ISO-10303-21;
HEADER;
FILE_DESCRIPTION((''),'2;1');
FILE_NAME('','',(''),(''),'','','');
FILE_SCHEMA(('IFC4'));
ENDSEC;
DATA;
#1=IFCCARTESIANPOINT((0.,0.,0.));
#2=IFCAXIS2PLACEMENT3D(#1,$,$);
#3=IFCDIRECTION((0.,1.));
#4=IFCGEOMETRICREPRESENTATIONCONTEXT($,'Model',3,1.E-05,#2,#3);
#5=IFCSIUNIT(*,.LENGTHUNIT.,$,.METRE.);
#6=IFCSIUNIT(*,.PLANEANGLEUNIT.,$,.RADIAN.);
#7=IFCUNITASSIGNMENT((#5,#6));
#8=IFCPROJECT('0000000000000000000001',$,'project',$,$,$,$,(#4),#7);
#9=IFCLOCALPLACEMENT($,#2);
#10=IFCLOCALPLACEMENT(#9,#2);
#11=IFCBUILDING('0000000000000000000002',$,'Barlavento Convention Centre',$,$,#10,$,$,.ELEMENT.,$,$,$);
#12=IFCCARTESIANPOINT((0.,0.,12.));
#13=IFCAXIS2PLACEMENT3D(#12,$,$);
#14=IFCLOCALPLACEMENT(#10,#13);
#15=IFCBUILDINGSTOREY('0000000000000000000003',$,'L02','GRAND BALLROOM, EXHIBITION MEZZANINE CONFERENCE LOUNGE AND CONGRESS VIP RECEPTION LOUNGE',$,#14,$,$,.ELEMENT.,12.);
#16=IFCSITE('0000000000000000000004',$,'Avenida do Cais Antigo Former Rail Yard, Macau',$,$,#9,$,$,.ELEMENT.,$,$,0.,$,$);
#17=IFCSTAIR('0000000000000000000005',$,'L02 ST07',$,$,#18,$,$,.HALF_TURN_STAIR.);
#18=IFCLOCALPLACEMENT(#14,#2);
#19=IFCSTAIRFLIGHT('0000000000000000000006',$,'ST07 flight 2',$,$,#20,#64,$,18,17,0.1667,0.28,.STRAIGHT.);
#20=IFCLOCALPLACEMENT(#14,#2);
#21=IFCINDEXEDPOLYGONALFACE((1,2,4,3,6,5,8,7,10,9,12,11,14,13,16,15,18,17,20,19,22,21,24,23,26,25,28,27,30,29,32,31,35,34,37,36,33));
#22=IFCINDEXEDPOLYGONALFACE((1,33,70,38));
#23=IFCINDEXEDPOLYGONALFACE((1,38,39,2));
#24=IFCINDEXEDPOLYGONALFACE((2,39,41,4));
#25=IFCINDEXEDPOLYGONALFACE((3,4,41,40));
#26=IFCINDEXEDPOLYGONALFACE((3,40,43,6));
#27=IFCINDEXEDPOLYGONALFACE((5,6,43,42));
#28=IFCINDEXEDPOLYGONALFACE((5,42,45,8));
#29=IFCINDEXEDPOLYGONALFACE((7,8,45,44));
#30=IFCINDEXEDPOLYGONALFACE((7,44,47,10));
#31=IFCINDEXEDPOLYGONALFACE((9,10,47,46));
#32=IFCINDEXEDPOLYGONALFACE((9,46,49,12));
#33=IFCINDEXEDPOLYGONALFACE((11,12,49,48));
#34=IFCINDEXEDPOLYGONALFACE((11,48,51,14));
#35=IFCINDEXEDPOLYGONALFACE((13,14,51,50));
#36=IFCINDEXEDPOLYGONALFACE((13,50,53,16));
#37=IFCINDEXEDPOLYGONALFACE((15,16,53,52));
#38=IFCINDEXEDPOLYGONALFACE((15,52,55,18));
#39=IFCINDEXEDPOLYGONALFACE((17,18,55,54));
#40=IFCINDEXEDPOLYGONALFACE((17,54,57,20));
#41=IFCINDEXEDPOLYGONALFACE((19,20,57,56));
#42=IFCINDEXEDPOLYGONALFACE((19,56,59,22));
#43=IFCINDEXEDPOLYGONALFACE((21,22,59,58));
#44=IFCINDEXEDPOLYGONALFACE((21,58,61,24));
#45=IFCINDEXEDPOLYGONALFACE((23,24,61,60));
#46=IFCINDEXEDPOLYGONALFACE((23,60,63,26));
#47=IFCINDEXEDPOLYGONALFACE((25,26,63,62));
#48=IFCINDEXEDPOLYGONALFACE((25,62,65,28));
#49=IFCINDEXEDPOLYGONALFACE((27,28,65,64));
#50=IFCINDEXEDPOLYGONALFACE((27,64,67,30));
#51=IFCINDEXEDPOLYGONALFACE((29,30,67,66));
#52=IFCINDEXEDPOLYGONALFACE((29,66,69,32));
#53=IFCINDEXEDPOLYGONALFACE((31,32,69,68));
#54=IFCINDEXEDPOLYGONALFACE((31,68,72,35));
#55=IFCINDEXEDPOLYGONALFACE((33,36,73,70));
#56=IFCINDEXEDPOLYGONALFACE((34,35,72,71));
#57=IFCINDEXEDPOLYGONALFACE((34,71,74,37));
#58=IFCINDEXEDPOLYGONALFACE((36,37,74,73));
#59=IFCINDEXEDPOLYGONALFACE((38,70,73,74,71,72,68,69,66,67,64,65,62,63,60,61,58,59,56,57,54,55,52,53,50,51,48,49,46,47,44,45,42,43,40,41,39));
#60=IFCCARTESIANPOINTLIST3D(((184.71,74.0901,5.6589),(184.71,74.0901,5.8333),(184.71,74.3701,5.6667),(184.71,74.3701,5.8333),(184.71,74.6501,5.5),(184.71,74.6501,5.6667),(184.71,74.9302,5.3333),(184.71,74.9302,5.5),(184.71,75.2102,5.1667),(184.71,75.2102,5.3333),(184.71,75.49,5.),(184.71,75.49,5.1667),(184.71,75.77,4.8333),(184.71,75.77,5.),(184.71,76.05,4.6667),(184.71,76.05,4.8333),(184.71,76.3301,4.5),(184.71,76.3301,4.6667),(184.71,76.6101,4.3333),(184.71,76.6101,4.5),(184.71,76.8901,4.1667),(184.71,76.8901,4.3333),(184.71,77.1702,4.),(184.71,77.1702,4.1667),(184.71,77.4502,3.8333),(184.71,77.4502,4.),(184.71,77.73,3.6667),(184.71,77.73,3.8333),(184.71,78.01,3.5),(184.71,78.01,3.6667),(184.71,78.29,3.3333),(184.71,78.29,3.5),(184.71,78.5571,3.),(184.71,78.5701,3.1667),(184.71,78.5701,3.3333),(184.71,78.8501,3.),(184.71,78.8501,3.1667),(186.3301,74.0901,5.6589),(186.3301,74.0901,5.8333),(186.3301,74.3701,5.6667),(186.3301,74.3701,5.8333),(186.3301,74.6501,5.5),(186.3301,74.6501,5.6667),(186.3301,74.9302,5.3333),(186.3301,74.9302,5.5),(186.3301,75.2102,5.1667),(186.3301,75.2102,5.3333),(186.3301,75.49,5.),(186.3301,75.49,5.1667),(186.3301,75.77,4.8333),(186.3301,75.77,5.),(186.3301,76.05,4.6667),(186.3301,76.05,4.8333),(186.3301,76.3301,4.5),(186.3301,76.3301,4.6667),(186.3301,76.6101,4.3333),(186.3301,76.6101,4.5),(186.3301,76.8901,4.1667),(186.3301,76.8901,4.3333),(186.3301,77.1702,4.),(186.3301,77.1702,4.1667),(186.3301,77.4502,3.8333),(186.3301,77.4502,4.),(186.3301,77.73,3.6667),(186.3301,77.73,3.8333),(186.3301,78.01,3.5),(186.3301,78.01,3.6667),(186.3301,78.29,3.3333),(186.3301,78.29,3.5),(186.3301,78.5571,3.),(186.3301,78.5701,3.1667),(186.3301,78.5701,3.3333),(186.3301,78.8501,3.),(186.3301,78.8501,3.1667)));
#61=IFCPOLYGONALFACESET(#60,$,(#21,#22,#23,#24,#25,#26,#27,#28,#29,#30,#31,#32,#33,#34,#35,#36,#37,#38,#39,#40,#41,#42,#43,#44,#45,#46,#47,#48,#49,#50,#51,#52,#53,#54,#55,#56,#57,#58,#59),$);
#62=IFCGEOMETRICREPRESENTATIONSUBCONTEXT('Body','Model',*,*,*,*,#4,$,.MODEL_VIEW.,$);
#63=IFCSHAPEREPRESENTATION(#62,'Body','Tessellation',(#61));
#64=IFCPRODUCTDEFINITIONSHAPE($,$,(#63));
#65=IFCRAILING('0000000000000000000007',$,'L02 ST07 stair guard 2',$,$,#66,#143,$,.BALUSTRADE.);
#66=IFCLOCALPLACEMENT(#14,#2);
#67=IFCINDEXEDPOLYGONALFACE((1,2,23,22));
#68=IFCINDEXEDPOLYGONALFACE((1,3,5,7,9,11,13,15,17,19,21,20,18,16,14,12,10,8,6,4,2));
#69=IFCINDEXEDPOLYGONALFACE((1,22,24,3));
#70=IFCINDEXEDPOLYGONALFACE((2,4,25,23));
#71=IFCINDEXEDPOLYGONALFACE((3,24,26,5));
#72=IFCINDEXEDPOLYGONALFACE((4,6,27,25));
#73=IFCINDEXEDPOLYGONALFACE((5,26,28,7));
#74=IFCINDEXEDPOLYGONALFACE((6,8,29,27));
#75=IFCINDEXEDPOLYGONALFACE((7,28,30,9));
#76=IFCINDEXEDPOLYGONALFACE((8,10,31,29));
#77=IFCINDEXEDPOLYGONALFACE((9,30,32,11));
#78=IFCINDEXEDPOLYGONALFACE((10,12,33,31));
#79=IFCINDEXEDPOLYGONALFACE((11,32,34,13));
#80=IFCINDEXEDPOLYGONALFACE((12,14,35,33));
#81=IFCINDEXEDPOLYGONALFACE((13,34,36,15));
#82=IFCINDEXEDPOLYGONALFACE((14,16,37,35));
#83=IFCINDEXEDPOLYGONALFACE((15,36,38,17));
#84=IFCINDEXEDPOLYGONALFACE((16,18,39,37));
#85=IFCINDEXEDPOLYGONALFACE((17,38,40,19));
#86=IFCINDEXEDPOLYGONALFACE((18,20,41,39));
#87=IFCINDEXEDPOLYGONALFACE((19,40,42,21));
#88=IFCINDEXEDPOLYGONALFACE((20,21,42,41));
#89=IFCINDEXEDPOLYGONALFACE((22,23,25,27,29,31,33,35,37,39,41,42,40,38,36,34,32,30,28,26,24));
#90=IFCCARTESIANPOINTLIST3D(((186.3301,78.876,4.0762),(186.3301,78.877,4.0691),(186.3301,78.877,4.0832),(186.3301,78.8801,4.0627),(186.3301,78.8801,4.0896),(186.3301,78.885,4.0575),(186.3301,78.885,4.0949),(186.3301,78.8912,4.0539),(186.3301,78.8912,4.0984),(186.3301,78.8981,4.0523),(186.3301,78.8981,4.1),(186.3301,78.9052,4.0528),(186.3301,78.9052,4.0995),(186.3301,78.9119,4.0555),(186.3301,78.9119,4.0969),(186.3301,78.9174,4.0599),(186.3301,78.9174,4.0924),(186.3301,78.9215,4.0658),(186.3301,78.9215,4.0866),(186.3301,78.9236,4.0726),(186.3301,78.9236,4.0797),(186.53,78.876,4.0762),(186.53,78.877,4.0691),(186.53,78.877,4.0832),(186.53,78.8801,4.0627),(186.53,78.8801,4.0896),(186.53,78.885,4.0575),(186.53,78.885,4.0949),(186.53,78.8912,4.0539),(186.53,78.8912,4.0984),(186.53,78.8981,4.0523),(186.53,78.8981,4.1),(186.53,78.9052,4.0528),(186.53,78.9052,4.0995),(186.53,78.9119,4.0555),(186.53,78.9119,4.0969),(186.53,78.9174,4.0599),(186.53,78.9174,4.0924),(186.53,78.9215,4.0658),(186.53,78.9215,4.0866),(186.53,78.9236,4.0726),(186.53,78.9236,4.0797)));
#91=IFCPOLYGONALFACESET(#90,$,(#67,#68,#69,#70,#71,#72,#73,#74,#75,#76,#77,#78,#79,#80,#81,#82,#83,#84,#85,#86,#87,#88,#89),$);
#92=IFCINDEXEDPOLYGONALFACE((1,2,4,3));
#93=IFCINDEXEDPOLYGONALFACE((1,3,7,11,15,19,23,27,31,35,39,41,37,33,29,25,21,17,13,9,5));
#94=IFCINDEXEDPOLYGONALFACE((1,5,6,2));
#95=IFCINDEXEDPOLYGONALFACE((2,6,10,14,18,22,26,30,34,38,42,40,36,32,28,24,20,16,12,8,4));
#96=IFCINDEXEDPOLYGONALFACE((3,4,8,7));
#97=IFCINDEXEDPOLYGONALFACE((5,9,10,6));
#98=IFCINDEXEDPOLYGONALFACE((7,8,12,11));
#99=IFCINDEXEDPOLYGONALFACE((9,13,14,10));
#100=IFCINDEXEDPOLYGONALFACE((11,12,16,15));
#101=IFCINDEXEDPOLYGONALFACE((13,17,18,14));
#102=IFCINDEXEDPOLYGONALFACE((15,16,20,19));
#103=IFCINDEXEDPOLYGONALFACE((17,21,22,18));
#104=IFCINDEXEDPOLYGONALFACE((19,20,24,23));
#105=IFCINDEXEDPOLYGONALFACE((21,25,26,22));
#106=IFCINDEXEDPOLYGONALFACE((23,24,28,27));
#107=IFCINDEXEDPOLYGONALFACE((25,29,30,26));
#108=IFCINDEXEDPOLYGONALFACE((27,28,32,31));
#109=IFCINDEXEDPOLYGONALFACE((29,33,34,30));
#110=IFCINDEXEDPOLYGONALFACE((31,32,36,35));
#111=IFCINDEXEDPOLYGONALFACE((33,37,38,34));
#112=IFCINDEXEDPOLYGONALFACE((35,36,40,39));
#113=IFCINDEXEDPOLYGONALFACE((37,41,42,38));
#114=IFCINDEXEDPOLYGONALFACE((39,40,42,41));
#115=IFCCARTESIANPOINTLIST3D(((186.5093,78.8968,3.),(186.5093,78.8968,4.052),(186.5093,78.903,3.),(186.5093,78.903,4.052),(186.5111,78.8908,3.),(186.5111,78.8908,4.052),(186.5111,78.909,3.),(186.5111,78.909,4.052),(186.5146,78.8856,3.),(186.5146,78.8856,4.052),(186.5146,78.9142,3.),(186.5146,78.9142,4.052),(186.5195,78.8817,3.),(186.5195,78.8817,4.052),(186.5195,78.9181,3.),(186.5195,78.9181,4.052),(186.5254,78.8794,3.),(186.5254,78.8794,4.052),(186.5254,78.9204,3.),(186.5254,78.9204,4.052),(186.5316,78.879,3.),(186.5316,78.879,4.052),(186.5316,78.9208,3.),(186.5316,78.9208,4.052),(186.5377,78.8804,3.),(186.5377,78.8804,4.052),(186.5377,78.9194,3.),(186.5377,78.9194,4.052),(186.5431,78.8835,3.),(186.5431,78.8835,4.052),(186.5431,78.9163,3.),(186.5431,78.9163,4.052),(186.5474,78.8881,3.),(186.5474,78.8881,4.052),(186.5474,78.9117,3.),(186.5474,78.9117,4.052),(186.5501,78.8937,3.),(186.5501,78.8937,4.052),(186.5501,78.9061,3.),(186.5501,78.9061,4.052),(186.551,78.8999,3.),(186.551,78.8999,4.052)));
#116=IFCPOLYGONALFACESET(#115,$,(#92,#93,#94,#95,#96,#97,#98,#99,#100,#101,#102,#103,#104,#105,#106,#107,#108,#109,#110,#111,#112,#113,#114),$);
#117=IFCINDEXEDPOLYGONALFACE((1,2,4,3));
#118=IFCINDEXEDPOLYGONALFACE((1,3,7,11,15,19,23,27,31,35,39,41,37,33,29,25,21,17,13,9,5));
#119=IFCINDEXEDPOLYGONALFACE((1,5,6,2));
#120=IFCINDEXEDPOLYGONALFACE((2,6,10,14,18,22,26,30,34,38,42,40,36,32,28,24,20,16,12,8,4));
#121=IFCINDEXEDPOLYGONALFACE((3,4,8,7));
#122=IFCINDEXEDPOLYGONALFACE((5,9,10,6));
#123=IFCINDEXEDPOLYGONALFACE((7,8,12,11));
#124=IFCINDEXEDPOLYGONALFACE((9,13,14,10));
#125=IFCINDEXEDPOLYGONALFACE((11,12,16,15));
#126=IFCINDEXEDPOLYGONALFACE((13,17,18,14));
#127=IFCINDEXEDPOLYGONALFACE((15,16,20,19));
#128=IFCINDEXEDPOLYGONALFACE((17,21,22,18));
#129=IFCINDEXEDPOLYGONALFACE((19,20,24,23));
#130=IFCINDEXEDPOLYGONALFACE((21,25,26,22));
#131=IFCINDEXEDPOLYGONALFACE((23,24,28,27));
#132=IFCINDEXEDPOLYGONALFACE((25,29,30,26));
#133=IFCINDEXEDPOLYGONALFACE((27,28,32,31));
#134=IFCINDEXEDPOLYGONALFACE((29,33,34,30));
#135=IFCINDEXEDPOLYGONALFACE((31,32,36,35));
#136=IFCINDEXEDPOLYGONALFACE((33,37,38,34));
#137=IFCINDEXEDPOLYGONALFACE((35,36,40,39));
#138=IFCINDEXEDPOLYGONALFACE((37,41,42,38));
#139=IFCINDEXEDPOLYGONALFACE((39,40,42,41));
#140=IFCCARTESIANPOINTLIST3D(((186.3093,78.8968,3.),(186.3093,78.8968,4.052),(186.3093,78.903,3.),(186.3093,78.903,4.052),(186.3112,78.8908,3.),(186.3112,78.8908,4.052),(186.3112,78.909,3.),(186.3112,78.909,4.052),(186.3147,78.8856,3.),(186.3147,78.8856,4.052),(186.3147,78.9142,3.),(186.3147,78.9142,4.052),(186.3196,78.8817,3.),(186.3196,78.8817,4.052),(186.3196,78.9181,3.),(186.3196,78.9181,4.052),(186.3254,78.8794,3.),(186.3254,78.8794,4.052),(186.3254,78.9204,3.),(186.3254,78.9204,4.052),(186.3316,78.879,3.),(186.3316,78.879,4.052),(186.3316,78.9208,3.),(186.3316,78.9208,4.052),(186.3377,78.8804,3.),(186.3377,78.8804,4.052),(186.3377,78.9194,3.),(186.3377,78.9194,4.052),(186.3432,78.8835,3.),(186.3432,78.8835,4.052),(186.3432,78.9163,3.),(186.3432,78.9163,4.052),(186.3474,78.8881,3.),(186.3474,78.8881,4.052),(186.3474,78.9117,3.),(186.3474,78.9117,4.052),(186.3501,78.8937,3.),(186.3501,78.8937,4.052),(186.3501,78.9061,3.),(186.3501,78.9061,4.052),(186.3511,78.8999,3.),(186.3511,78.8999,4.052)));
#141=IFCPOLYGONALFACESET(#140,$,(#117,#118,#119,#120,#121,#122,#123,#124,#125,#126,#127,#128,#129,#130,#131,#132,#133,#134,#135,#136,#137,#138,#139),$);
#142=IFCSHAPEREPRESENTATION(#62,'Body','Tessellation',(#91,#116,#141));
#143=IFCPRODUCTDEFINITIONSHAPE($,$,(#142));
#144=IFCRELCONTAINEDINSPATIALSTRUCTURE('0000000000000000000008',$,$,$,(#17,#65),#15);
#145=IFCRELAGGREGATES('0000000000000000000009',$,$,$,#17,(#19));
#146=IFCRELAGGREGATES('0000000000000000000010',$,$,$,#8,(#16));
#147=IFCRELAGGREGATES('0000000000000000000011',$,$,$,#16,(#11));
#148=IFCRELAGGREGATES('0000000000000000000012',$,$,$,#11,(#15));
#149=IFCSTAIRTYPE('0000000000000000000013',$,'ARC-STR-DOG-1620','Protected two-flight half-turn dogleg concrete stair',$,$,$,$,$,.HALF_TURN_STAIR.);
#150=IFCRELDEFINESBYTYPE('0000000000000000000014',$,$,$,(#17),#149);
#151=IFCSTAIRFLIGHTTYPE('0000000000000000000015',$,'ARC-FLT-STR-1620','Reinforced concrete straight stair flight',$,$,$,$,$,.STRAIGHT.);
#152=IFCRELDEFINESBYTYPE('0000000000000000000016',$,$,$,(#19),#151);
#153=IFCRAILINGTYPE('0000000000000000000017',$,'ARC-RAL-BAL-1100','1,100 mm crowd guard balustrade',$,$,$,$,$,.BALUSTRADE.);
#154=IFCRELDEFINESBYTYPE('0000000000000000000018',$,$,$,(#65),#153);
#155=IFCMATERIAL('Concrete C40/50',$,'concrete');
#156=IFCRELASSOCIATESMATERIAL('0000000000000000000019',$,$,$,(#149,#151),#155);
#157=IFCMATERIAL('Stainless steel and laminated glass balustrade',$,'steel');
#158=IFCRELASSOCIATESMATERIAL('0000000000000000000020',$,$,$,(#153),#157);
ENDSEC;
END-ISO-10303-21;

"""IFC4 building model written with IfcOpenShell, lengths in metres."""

from ifc_helpers import new_model, si_unit, direction, frame, origin, origin_2d, place, context, subcontext, project, spatial, polyline, circle, outline, extrude, material, type_object, element, aggregate, save


model = new_model("IFC4")

# Units and contexts
model_context = context("Model", 3, precision=1e-05, world=origin(), true_north=direction((0.0, 1.0)))
body_context = subcontext(model_context, "Body", "Model", "MODEL_VIEW")
ifc_project = project(units=[si_unit("LENGTHUNIT", "METRE"), si_unit("PLANEANGLEUNIT", "RADIAN")], contexts=[model_context])

# Site, building, storey
site_placement = place(None, origin())
site = spatial("IfcSite", under=ifc_project, at=site_placement, Name="Avenida do Cais Antigo Former Rail Yard, Macau", CompositionType="ELEMENT", RefElevation=0.0)
building_placement = place(site_placement, origin())
building = spatial("IfcBuilding", under=site, at=building_placement, Name="Barlavento Convention Centre", CompositionType="ELEMENT")
storey_placement = place(building_placement, frame((0.0, 0.0, 12.0)))
storey = spatial("IfcBuildingStorey", under=building, at=storey_placement, Name="L02", Description="GRAND BALLROOM, EXHIBITION MEZZANINE CONFERENCE LOUNGE AND CONGRESS VIP RECEPTION LOUNGE", CompositionType="ELEMENT", Elevation=12.0)

# Stair, stair flight
ifc_material_1 = material(Name="Concrete C40/50", Category="concrete")
stair_type = type_object("IfcStairType", Name="ARC-STR-DOG-1620", Description="Protected two-flight half-turn dogleg concrete stair", PredefinedType="HALF_TURN_STAIR", material=ifc_material_1)
stair_placement = place(storey_placement, origin())
stair = element("IfcStair", 1, at=stair_placement, inside=storey, type_object=stair_type, Name="L02 ST07", PredefinedType="HALF_TURN_STAIR")
stair_flight_type = type_object("IfcStairFlightType", Name="ARC-FLT-STR-1620", Description="Reinforced concrete straight stair flight", PredefinedType="STRAIGHT", material=ifc_material_1)
stair_flight_placement = place(storey_placement, frame((185.52, 78.8501, 3.0), z_axis=(0.0, 0.0, 1.0), x_axis=(0.0, -1.0, 0.0)))
stair_flight = element("IfcStairFlight", 2, at=stair_flight_placement, type_object=stair_flight_type, Name="ST07 flight 2", NumberOfRisers=18, NumberOfTreads=17, PredefinedType="STRAIGHT", RiserHeight=0.1667, TreadLength=0.28, context=body_context, shape_type="SweptSolid", body=[
    extrude(outline(polyline([(0.0, 0.0), (0.0, 0.1667), (0.28, 0.1667), (0.28, 0.3333), (0.5601, 0.3333), (0.5601, 0.5), (0.8401, 0.5), (0.8401, 0.6667), (1.1201, 0.6667), (1.1201, 0.8333), (1.3999, 0.8333), (1.3999, 1.0), (1.6799, 1.0), (1.6799, 1.1667), (1.96, 1.1667), (1.96, 1.3333), (2.24, 1.3333), (2.24, 1.5), (2.52, 1.5), (2.52, 1.6667), (2.8, 1.6667), (2.8, 1.8333), (3.0801, 1.8333), (3.0801, 2.0), (3.3601, 2.0), (3.3601, 2.1667), (3.6399, 2.1667), (3.6399, 2.3333), (3.9199, 2.3333), (3.9199, 2.5), (4.2, 2.5), (4.2, 2.6667), (4.48, 2.6667), (4.48, 2.8333), (4.76, 2.8333), (4.76, 3.0), (4.76, 2.6589), (0.293, 0.0), (0.0, 0.0)])), frame((0.0, 0.8101, 0.0), z_axis=(0.0, -1.0, 0.0), x_axis=(1.0, 0.0, 0.0)), (0.0, 0.0, 1.0), 1.6201),
])
aggregate(stair, [stair_flight])

# Railing
ifc_material_2 = material(Name="Stainless steel and laminated glass balustrade", Category="steel")
railing_type_1 = type_object("IfcRailingType", Name="ARC-RAL-BAL-1100", Description="1,100 mm crowd guard balustrade", PredefinedType="BALUSTRADE", material=ifc_material_2)
railing_1_placement = place(storey_placement, frame((186.53, 78.8999, 3.0)))
element("IfcRailing", 3, at=railing_1_placement, inside=storey, type_object=railing_type_1, Name="L02 ST07 stair guard 2", PredefinedType="BALUSTRADE", context=body_context, shape_type="SweptSolid", body=[
    extrude(circle(Radius=0.0239, at=origin_2d()), frame((0.0, 0.0, 1.0762), z_axis=(-1.0, 0.0, 0.0), x_axis=(0.0, -1.0, 0.0)), (0.0, 0.0, 1.0), 0.2),
    extrude(circle(Radius=0.021, at=origin_2d()), origin(), (0.0, 0.0, 1.0), 1.052),
    extrude(circle(Radius=0.021, at=origin_2d()), frame((-0.2, 0.0, 0.0)), (0.0, 0.0, 1.0), 1.052),
])

save(model, "model.ifc")
